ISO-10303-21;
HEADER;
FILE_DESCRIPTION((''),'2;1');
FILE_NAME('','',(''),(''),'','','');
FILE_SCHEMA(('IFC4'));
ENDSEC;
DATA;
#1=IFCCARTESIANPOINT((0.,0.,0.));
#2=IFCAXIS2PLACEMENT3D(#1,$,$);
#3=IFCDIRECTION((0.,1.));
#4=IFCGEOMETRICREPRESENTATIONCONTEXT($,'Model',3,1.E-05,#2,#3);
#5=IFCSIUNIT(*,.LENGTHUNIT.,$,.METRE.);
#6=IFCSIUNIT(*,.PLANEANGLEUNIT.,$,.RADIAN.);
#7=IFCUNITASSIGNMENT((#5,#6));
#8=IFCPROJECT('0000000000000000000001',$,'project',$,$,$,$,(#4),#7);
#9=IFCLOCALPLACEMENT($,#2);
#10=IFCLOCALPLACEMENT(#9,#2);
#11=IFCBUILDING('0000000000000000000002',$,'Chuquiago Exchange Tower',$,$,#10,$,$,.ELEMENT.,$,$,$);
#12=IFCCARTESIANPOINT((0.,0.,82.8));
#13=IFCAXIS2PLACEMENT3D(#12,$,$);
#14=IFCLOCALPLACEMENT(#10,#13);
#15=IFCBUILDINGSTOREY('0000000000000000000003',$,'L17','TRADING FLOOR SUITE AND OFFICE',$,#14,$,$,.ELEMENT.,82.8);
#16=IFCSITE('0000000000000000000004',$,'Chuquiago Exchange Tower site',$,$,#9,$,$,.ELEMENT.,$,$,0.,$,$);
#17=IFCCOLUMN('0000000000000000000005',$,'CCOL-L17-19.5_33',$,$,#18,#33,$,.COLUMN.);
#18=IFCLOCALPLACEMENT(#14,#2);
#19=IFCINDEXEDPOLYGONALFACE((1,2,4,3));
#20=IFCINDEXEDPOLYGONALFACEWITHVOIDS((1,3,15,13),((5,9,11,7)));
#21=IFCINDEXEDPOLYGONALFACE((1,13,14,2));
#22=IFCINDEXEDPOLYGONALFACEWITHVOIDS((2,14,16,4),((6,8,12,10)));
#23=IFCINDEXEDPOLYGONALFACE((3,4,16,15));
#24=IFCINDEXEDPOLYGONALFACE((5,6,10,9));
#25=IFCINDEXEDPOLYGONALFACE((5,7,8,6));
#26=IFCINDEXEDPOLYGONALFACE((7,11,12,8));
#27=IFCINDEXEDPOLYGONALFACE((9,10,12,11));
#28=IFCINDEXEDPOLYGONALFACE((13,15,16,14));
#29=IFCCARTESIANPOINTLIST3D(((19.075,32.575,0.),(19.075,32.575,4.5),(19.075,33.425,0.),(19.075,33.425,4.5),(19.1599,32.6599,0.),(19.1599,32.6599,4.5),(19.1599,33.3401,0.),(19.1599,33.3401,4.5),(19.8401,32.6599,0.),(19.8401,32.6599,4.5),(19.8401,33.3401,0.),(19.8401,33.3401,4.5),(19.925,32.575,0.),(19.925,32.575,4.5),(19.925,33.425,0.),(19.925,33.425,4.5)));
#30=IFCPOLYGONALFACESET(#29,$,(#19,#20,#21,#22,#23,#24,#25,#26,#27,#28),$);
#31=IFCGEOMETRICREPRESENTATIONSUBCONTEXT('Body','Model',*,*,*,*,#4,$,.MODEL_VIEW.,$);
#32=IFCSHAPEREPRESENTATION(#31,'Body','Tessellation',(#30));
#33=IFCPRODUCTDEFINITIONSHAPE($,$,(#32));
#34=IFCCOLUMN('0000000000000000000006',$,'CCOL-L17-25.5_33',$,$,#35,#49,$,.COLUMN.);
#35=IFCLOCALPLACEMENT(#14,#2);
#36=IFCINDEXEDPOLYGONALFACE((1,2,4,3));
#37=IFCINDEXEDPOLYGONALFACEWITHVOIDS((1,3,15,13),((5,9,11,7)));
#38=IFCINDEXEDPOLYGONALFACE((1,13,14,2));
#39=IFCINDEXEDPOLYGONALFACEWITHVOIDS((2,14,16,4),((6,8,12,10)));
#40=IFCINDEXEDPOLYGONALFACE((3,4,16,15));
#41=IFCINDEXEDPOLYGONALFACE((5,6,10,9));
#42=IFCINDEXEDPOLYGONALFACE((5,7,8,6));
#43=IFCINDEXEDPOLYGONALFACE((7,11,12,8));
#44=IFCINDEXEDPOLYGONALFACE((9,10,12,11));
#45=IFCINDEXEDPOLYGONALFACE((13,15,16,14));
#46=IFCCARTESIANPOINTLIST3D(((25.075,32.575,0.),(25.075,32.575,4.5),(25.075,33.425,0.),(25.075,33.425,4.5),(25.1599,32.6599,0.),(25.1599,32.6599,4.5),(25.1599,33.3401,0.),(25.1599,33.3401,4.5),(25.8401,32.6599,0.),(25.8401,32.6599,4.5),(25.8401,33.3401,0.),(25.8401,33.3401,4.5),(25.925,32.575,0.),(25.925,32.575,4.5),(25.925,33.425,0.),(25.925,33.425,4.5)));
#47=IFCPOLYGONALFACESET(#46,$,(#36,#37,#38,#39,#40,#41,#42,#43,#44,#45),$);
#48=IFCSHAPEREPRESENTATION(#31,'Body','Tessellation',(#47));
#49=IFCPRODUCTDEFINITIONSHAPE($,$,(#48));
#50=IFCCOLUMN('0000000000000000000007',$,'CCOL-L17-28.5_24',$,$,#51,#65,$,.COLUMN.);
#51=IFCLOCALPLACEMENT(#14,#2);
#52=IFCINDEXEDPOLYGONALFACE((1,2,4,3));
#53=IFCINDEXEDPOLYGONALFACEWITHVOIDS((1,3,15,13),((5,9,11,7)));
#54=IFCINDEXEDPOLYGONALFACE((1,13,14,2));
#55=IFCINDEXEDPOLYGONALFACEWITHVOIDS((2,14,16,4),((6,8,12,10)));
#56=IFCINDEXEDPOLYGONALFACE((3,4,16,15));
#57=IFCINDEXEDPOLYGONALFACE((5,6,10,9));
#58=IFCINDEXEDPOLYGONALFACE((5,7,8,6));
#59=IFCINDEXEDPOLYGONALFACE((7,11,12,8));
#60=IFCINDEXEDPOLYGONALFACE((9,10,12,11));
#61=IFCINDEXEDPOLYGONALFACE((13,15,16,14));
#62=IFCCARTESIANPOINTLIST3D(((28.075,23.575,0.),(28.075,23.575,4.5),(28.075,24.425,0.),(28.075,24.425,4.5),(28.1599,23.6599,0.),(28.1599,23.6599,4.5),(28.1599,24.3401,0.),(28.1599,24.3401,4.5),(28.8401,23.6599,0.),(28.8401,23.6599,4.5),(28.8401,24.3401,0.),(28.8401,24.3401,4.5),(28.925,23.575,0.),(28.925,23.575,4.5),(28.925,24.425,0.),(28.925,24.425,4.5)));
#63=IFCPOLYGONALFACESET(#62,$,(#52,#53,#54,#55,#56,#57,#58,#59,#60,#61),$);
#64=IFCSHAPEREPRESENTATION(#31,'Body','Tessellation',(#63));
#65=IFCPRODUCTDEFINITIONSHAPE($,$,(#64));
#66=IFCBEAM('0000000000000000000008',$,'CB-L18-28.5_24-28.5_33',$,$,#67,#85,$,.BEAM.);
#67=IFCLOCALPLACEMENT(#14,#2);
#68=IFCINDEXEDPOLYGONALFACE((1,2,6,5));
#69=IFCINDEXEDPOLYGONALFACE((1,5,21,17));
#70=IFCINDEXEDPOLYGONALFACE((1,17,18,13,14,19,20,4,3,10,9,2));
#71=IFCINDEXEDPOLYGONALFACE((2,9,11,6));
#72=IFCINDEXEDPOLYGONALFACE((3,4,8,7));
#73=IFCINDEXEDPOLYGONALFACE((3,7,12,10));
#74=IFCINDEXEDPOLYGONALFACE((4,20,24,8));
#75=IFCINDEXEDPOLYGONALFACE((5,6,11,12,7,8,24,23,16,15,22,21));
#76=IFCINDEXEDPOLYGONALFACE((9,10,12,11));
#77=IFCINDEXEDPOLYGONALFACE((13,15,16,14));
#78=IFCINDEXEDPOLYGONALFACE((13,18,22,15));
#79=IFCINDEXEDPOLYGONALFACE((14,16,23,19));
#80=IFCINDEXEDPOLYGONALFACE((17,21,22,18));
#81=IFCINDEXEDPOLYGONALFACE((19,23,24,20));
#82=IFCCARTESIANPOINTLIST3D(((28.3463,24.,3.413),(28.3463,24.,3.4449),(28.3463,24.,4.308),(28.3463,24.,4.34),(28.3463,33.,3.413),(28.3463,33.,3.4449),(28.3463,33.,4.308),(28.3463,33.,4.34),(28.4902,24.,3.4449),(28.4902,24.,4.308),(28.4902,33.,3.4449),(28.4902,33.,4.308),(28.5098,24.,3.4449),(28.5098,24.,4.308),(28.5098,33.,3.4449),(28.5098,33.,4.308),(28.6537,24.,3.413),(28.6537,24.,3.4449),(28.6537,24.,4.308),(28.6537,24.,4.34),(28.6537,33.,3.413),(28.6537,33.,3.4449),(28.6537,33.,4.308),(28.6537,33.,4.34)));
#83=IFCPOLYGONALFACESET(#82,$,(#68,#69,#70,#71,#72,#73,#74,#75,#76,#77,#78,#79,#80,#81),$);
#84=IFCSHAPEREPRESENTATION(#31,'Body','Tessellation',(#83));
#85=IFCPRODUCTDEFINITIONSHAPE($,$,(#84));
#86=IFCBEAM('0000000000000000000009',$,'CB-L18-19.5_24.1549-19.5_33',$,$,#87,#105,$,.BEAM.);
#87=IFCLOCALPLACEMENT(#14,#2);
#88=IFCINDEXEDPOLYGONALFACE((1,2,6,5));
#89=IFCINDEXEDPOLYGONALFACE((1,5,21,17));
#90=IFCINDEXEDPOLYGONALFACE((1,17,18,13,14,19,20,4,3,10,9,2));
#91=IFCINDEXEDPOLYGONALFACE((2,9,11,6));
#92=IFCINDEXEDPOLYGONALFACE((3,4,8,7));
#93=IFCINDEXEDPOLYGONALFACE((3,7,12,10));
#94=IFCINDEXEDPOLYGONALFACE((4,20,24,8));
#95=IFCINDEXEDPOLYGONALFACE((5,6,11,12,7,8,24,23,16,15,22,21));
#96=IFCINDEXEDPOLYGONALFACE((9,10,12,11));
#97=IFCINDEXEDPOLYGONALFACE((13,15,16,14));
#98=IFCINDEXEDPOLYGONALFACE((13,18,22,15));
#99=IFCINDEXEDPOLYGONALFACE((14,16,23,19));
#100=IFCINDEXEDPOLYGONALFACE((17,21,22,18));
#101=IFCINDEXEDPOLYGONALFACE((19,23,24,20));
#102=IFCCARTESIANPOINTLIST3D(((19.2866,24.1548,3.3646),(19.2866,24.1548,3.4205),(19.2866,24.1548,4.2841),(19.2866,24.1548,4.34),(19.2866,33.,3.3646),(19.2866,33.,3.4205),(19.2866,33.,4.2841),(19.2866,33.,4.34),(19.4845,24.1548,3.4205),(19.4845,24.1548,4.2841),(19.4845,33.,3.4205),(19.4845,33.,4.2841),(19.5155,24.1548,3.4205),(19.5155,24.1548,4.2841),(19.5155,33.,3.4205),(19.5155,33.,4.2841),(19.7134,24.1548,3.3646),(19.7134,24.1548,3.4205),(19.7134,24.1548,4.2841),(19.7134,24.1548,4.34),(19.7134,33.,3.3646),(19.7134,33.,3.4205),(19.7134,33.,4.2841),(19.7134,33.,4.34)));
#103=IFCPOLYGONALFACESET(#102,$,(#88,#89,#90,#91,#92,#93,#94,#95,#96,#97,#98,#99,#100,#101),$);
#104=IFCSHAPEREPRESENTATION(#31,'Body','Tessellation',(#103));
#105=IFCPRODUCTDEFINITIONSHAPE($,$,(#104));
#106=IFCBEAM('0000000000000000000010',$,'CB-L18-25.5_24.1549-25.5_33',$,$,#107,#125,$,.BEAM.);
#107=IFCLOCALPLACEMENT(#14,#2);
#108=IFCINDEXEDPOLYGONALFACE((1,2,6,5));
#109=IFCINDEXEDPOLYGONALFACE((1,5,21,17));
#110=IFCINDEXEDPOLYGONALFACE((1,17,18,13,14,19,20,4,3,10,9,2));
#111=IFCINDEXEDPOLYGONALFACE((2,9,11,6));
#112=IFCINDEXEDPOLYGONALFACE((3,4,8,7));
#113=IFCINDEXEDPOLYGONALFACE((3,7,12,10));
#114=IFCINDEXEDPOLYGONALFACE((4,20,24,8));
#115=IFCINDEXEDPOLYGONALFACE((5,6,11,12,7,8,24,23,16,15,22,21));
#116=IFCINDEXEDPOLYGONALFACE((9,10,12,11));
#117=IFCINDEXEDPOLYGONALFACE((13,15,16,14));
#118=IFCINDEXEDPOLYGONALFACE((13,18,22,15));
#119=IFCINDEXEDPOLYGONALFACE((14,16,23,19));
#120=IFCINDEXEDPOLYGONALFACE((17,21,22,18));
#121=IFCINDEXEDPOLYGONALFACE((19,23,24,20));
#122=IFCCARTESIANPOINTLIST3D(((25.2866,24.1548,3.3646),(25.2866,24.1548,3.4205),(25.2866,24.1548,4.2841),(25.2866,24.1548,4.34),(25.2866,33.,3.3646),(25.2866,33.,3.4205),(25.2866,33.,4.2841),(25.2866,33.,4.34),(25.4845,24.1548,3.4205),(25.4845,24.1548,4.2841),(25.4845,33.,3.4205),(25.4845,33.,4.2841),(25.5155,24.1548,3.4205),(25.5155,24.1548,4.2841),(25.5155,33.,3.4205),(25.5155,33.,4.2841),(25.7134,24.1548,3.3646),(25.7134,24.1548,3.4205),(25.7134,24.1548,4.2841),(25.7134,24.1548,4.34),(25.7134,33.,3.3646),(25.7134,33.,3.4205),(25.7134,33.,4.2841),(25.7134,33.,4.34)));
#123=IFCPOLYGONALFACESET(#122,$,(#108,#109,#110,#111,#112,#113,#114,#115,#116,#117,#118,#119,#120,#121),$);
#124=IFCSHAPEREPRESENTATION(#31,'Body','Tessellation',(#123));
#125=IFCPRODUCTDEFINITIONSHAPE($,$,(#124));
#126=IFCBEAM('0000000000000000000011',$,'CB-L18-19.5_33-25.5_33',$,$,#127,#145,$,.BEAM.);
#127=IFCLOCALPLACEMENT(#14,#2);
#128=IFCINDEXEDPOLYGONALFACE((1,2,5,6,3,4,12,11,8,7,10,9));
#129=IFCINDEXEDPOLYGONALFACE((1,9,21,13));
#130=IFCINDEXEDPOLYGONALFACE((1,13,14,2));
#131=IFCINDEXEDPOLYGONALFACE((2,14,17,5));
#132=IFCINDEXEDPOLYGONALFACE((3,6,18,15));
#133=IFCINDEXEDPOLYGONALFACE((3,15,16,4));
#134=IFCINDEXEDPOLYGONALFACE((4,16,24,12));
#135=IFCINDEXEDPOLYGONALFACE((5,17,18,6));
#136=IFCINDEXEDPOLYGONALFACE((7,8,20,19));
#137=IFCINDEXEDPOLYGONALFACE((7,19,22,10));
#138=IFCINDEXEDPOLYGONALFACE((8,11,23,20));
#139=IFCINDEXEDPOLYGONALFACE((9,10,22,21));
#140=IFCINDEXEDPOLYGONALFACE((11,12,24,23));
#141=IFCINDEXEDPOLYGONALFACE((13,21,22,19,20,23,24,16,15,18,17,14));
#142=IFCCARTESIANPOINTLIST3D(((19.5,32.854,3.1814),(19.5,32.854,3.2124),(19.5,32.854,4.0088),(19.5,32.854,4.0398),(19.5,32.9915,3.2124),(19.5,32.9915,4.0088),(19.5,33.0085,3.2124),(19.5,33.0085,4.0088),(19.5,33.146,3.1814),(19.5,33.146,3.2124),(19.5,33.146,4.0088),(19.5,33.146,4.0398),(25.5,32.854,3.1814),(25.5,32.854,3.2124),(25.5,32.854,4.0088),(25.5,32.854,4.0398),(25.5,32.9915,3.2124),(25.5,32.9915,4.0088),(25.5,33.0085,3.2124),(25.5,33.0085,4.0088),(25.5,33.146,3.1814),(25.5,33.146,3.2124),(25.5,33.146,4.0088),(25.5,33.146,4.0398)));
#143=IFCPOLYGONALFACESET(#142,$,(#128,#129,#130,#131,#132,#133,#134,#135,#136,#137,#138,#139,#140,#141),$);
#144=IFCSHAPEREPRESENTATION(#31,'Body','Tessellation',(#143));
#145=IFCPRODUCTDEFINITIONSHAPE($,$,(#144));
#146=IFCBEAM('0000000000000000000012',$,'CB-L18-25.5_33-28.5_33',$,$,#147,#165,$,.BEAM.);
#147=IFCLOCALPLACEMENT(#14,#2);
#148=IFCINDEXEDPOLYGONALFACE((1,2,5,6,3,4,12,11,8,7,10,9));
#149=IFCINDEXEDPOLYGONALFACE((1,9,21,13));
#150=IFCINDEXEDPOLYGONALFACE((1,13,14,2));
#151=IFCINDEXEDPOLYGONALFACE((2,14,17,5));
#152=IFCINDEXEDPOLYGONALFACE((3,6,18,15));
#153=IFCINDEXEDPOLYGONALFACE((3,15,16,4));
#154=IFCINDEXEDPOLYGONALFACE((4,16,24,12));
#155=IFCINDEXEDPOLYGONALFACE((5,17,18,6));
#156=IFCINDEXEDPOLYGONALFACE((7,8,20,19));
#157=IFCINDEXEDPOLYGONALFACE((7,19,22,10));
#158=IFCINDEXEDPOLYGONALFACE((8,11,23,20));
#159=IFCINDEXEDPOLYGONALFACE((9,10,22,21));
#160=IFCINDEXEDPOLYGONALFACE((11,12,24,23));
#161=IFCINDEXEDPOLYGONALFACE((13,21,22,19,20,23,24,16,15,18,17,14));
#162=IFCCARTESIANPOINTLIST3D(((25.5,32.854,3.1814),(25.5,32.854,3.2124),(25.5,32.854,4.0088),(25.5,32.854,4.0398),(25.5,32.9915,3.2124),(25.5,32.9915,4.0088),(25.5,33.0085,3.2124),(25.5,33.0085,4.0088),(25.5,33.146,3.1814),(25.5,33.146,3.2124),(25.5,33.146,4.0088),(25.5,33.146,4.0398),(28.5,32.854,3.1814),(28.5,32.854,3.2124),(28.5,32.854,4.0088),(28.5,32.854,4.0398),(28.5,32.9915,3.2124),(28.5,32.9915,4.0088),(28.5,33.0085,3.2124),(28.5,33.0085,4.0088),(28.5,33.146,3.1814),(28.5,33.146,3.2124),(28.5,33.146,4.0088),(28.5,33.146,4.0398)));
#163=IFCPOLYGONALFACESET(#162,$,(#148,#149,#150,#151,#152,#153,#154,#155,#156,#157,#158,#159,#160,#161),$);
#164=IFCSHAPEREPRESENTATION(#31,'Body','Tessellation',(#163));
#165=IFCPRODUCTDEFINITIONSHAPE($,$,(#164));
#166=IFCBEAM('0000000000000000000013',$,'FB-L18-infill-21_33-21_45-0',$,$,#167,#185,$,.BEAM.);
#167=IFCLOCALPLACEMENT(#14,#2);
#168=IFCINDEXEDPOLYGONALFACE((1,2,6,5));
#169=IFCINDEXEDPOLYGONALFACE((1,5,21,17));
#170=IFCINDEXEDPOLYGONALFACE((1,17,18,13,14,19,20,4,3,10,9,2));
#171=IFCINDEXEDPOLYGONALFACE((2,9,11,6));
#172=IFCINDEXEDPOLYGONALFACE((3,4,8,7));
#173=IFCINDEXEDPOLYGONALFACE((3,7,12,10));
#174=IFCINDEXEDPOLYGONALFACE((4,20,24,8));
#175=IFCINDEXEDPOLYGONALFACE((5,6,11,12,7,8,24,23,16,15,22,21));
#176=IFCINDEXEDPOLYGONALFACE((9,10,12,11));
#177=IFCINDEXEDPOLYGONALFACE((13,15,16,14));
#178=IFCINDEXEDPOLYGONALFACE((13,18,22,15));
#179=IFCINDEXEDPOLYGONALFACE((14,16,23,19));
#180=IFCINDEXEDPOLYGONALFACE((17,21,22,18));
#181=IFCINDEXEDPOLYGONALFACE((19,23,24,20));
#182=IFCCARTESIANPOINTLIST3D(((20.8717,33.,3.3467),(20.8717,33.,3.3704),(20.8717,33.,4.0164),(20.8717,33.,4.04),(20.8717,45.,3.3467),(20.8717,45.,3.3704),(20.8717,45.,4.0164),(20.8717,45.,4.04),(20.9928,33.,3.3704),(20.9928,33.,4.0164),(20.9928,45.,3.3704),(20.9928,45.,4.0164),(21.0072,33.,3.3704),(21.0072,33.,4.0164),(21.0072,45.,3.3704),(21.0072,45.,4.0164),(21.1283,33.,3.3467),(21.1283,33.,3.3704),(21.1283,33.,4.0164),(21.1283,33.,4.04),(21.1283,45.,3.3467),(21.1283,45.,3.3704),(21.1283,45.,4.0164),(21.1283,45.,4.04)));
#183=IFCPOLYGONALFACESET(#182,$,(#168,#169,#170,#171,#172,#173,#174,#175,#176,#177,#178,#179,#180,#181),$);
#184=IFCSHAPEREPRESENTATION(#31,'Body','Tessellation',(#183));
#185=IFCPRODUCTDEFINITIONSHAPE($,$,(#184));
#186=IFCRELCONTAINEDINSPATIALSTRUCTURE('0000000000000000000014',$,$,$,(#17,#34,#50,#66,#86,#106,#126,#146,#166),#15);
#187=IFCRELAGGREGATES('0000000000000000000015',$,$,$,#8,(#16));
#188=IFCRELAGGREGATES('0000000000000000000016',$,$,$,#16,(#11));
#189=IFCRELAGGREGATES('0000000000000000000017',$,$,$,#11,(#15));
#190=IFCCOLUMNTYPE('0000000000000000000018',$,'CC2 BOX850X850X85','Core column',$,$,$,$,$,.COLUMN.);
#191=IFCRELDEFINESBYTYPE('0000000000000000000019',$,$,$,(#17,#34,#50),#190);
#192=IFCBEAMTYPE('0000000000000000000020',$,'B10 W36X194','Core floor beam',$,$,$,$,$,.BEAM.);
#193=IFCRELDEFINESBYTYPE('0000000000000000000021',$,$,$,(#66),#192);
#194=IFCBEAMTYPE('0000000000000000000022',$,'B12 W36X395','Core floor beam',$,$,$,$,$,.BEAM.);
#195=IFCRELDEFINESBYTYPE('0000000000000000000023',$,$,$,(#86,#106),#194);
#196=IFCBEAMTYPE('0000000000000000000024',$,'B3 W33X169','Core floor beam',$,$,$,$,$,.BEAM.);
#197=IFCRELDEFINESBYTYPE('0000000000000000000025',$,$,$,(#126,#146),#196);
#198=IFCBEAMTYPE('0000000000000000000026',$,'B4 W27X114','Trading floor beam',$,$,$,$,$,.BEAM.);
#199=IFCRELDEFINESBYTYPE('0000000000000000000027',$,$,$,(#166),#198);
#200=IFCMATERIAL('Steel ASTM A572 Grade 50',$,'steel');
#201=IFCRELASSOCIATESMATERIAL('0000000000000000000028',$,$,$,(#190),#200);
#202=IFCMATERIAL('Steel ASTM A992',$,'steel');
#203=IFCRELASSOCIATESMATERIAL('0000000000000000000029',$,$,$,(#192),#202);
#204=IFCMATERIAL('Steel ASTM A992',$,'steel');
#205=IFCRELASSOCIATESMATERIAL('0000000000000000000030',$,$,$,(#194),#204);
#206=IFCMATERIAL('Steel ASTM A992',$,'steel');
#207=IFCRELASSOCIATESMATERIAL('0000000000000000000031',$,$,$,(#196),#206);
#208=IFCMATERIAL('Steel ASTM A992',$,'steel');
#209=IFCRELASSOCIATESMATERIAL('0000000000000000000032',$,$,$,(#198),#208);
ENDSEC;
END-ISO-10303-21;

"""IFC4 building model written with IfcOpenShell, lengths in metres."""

from ifc_helpers import new_model, si_unit, direction, frame, origin, origin_2d, place, context, subcontext, project, spatial, hollow_rectangle, i_section, extrude, material, material_profile, profile_set, type_object, element, save


model = new_model("IFC4")

# Units and contexts
model_context = context("Model", 3, precision=1e-05, world=origin(), true_north=direction((0.0, 1.0)))
body_context = subcontext(model_context, "Body", "Model", "MODEL_VIEW")
ifc_project = project(units=[si_unit("LENGTHUNIT", "METRE"), si_unit("PLANEANGLEUNIT", "RADIAN")], contexts=[model_context])

# Site, building, storey
site_placement = place(None, origin())
site = spatial("IfcSite", under=ifc_project, at=site_placement, Name="Chuquiago Exchange Tower site", CompositionType="ELEMENT", RefElevation=0.0)
building_placement = place(site_placement, origin())
building = spatial("IfcBuilding", under=site, at=building_placement, Name="Chuquiago Exchange Tower", CompositionType="ELEMENT")
storey_placement = place(building_placement, frame((0.0, 0.0, 82.8)))
storey = spatial("IfcBuildingStorey", under=building, at=storey_placement, Name="L17", Description="TRADING FLOOR SUITE AND OFFICE", CompositionType="ELEMENT", Elevation=82.8)

# Columns
ifc_material_1 = material(Name="Steel ASTM A572 Grade 50", Category="steel")
ifc_material_profile_1 = material_profile(ifc_material_1, hollow_rectangle(XDim=0.8501, YDim=0.8501, WallThickness=0.085, at=origin_2d()), Name="BOX850X850X85")
ifc_profile_set_1 = profile_set([ifc_material_profile_1], Name="Steel ASTM A572 Grade 50")
column_type = type_object("IfcColumnType", Name="CC2 BOX850X850X85", Description="Core column", PredefinedType="COLUMN", material=ifc_profile_set_1)
for number, where, z_axis, x_axis, name in (
    (1, (19.5, 33.0, 0.0), (0.0, 0.0, 1.0), (1.0, 0.0, 0.0), "CCOL-L17-19.5_33"),
    (2, (25.5, 33.0, 0.0), (0.0, 0.0, 1.0), (1.0, 0.0, 0.0), "CCOL-L17-25.5_33"),
    (3, (28.5, 24.0, 0.0), (0.0, 0.0, 1.0), (1.0, 0.0, 0.0), "CCOL-L17-28.5_24"),
):
    element("IfcColumn", number, at=place(storey_placement, frame(where, z_axis=z_axis, x_axis=x_axis)), inside=storey, type_object=column_type, Name=name, PredefinedType="COLUMN", context=body_context, shape_type="SweptSolid", body=[
        extrude(hollow_rectangle(XDim=0.8501, YDim=0.8501, WallThickness=0.085, at=origin_2d()), origin(), (0.0, 0.0, 1.0), 4.5),
    ])

# Beams
ifc_material_2 = material(Name="Steel ASTM A992", Category="steel")
ifc_material_profile_2 = material_profile(ifc_material_2, i_section(OverallWidth=0.3074, OverallDepth=0.927, WebThickness=0.0195, FlangeThickness=0.032, at=origin_2d()), Name="W36X194")
ifc_profile_set_2 = profile_set([ifc_material_profile_2], Name="Steel ASTM A992")
beam_type_1 = type_object("IfcBeamType", Name="B10 W36X194", Description="Core floor beam", PredefinedType="BEAM", material=ifc_profile_set_2)
beam_1_placement = place(storey_placement, frame((28.5, 24.0, 3.8765), z_axis=(0.0, 1.0, 0.0), x_axis=(-1.0, 0.0, 0.0)))
element("IfcBeam", 4, at=beam_1_placement, inside=storey, type_object=beam_type_1, Name="CB-L18-28.5_24-28.5_33", PredefinedType="BEAM", context=body_context, shape_type="SweptSolid", body=[
    extrude(i_section(OverallWidth=0.3074, OverallDepth=0.927, WebThickness=0.0195, FlangeThickness=0.032, at=origin_2d()), origin(), (0.0, 0.0, 1.0), 9.0),
])
ifc_material_3 = material(Name="Steel ASTM A992", Category="steel")
ifc_material_profile_3 = material_profile(ifc_material_3, i_section(OverallWidth=0.4268, OverallDepth=0.9753, WebThickness=0.031, FlangeThickness=0.0559, at=origin_2d()), Name="W36X395")
ifc_profile_set_3 = profile_set([ifc_material_profile_3], Name="Steel ASTM A992")
beam_type_2 = type_object("IfcBeamType", Name="B12 W36X395", Description="Core floor beam", PredefinedType="BEAM", material=ifc_profile_set_3)
for number, where, z_axis, x_axis, name in (
    (5, (19.5, 24.1548, 3.8523), (0.0, 1.0, 0.0), (-1.0, 0.0, 0.0), "CB-L18-19.5_24.1549-19.5_33"),
    (6, (25.5, 24.1548, 3.8523), (0.0, 1.0, 0.0), (-1.0, 0.0, 0.0), "CB-L18-25.5_24.1549-25.5_33"),
):
    element("IfcBeam", number, at=place(storey_placement, frame(where, z_axis=z_axis, x_axis=x_axis)), inside=storey, type_object=beam_type_2, Name=name, PredefinedType="BEAM", context=body_context, shape_type="SweptSolid", body=[
        extrude(i_section(OverallWidth=0.4268, OverallDepth=0.9753, WebThickness=0.031, FlangeThickness=0.0559, at=origin_2d()), origin(), (0.0, 0.0, 1.0), 8.8452),
    ])
ifc_material_4 = material(Name="Steel ASTM A992", Category="steel")
ifc_material_profile_4 = material_profile(ifc_material_4, i_section(OverallWidth=0.292, OverallDepth=0.8584, WebThickness=0.0171, FlangeThickness=0.031, at=origin_2d()), Name="W33X169")
ifc_profile_set_4 = profile_set([ifc_material_profile_4], Name="Steel ASTM A992")
beam_type_3 = type_object("IfcBeamType", Name="B3 W33X169", Description="Core floor beam", PredefinedType="BEAM", material=ifc_profile_set_4)
beam_2_placement = place(storey_placement, frame((19.5, 33.0, 3.6106), z_axis=(1.0, 0.0, 0.0), x_axis=(0.0, 1.0, 0.0)))
element("IfcBeam", 7, at=beam_2_placement, inside=storey, type_object=beam_type_3, Name="CB-L18-19.5_33-25.5_33", PredefinedType="BEAM", context=body_context, shape_type="SweptSolid", body=[
    extrude(i_section(OverallWidth=0.292, OverallDepth=0.8584, WebThickness=0.0171, FlangeThickness=0.031, at=origin_2d()), origin(), (0.0, 0.0, 1.0), 6.0),
])
beam_3_placement = place(storey_placement, frame((25.5, 33.0, 3.6106), z_axis=(1.0, 0.0, 0.0), x_axis=(0.0, 1.0, 0.0)))
element("IfcBeam", 8, at=beam_3_placement, inside=storey, type_object=beam_type_3, Name="CB-L18-25.5_33-28.5_33", PredefinedType="BEAM", context=body_context, shape_type="SweptSolid", body=[
    extrude(i_section(OverallWidth=0.292, OverallDepth=0.8584, WebThickness=0.0171, FlangeThickness=0.031, at=origin_2d()), origin(), (0.0, 0.0, 1.0), 3.0),
])
ifc_material_5 = material(Name="Steel ASTM A992", Category="steel")
ifc_material_profile_5 = material_profile(ifc_material_5, i_section(OverallWidth=0.2566, OverallDepth=0.6934, WebThickness=0.0144, FlangeThickness=0.0237, at=origin_2d()), Name="W27X114")
ifc_profile_set_5 = profile_set([ifc_material_profile_5], Name="Steel ASTM A992")
beam_type_4 = type_object("IfcBeamType", Name="B4 W27X114", Description="Trading floor beam", PredefinedType="BEAM", material=ifc_profile_set_5)
for number, where, z_axis, x_axis, name in (
    (9, (21.0, 33.0, 3.6934), (0.0, 1.0, 0.0), (-1.0, 0.0, 0.0), "FB-L18-infill-21_33-21_45-0"),
):
    element("IfcBeam", number, at=place(storey_placement, frame(where, z_axis=z_axis, x_axis=x_axis)), inside=storey, type_object=beam_type_4, Name=name, PredefinedType="BEAM", context=body_context, shape_type="SweptSolid", body=[
        extrude(i_section(OverallWidth=0.2566, OverallDepth=0.6934, WebThickness=0.0144, FlangeThickness=0.0237, at=origin_2d()), origin(), (0.0, 0.0, 1.0), 12.0),
    ])

save(model, "model.ifc")
